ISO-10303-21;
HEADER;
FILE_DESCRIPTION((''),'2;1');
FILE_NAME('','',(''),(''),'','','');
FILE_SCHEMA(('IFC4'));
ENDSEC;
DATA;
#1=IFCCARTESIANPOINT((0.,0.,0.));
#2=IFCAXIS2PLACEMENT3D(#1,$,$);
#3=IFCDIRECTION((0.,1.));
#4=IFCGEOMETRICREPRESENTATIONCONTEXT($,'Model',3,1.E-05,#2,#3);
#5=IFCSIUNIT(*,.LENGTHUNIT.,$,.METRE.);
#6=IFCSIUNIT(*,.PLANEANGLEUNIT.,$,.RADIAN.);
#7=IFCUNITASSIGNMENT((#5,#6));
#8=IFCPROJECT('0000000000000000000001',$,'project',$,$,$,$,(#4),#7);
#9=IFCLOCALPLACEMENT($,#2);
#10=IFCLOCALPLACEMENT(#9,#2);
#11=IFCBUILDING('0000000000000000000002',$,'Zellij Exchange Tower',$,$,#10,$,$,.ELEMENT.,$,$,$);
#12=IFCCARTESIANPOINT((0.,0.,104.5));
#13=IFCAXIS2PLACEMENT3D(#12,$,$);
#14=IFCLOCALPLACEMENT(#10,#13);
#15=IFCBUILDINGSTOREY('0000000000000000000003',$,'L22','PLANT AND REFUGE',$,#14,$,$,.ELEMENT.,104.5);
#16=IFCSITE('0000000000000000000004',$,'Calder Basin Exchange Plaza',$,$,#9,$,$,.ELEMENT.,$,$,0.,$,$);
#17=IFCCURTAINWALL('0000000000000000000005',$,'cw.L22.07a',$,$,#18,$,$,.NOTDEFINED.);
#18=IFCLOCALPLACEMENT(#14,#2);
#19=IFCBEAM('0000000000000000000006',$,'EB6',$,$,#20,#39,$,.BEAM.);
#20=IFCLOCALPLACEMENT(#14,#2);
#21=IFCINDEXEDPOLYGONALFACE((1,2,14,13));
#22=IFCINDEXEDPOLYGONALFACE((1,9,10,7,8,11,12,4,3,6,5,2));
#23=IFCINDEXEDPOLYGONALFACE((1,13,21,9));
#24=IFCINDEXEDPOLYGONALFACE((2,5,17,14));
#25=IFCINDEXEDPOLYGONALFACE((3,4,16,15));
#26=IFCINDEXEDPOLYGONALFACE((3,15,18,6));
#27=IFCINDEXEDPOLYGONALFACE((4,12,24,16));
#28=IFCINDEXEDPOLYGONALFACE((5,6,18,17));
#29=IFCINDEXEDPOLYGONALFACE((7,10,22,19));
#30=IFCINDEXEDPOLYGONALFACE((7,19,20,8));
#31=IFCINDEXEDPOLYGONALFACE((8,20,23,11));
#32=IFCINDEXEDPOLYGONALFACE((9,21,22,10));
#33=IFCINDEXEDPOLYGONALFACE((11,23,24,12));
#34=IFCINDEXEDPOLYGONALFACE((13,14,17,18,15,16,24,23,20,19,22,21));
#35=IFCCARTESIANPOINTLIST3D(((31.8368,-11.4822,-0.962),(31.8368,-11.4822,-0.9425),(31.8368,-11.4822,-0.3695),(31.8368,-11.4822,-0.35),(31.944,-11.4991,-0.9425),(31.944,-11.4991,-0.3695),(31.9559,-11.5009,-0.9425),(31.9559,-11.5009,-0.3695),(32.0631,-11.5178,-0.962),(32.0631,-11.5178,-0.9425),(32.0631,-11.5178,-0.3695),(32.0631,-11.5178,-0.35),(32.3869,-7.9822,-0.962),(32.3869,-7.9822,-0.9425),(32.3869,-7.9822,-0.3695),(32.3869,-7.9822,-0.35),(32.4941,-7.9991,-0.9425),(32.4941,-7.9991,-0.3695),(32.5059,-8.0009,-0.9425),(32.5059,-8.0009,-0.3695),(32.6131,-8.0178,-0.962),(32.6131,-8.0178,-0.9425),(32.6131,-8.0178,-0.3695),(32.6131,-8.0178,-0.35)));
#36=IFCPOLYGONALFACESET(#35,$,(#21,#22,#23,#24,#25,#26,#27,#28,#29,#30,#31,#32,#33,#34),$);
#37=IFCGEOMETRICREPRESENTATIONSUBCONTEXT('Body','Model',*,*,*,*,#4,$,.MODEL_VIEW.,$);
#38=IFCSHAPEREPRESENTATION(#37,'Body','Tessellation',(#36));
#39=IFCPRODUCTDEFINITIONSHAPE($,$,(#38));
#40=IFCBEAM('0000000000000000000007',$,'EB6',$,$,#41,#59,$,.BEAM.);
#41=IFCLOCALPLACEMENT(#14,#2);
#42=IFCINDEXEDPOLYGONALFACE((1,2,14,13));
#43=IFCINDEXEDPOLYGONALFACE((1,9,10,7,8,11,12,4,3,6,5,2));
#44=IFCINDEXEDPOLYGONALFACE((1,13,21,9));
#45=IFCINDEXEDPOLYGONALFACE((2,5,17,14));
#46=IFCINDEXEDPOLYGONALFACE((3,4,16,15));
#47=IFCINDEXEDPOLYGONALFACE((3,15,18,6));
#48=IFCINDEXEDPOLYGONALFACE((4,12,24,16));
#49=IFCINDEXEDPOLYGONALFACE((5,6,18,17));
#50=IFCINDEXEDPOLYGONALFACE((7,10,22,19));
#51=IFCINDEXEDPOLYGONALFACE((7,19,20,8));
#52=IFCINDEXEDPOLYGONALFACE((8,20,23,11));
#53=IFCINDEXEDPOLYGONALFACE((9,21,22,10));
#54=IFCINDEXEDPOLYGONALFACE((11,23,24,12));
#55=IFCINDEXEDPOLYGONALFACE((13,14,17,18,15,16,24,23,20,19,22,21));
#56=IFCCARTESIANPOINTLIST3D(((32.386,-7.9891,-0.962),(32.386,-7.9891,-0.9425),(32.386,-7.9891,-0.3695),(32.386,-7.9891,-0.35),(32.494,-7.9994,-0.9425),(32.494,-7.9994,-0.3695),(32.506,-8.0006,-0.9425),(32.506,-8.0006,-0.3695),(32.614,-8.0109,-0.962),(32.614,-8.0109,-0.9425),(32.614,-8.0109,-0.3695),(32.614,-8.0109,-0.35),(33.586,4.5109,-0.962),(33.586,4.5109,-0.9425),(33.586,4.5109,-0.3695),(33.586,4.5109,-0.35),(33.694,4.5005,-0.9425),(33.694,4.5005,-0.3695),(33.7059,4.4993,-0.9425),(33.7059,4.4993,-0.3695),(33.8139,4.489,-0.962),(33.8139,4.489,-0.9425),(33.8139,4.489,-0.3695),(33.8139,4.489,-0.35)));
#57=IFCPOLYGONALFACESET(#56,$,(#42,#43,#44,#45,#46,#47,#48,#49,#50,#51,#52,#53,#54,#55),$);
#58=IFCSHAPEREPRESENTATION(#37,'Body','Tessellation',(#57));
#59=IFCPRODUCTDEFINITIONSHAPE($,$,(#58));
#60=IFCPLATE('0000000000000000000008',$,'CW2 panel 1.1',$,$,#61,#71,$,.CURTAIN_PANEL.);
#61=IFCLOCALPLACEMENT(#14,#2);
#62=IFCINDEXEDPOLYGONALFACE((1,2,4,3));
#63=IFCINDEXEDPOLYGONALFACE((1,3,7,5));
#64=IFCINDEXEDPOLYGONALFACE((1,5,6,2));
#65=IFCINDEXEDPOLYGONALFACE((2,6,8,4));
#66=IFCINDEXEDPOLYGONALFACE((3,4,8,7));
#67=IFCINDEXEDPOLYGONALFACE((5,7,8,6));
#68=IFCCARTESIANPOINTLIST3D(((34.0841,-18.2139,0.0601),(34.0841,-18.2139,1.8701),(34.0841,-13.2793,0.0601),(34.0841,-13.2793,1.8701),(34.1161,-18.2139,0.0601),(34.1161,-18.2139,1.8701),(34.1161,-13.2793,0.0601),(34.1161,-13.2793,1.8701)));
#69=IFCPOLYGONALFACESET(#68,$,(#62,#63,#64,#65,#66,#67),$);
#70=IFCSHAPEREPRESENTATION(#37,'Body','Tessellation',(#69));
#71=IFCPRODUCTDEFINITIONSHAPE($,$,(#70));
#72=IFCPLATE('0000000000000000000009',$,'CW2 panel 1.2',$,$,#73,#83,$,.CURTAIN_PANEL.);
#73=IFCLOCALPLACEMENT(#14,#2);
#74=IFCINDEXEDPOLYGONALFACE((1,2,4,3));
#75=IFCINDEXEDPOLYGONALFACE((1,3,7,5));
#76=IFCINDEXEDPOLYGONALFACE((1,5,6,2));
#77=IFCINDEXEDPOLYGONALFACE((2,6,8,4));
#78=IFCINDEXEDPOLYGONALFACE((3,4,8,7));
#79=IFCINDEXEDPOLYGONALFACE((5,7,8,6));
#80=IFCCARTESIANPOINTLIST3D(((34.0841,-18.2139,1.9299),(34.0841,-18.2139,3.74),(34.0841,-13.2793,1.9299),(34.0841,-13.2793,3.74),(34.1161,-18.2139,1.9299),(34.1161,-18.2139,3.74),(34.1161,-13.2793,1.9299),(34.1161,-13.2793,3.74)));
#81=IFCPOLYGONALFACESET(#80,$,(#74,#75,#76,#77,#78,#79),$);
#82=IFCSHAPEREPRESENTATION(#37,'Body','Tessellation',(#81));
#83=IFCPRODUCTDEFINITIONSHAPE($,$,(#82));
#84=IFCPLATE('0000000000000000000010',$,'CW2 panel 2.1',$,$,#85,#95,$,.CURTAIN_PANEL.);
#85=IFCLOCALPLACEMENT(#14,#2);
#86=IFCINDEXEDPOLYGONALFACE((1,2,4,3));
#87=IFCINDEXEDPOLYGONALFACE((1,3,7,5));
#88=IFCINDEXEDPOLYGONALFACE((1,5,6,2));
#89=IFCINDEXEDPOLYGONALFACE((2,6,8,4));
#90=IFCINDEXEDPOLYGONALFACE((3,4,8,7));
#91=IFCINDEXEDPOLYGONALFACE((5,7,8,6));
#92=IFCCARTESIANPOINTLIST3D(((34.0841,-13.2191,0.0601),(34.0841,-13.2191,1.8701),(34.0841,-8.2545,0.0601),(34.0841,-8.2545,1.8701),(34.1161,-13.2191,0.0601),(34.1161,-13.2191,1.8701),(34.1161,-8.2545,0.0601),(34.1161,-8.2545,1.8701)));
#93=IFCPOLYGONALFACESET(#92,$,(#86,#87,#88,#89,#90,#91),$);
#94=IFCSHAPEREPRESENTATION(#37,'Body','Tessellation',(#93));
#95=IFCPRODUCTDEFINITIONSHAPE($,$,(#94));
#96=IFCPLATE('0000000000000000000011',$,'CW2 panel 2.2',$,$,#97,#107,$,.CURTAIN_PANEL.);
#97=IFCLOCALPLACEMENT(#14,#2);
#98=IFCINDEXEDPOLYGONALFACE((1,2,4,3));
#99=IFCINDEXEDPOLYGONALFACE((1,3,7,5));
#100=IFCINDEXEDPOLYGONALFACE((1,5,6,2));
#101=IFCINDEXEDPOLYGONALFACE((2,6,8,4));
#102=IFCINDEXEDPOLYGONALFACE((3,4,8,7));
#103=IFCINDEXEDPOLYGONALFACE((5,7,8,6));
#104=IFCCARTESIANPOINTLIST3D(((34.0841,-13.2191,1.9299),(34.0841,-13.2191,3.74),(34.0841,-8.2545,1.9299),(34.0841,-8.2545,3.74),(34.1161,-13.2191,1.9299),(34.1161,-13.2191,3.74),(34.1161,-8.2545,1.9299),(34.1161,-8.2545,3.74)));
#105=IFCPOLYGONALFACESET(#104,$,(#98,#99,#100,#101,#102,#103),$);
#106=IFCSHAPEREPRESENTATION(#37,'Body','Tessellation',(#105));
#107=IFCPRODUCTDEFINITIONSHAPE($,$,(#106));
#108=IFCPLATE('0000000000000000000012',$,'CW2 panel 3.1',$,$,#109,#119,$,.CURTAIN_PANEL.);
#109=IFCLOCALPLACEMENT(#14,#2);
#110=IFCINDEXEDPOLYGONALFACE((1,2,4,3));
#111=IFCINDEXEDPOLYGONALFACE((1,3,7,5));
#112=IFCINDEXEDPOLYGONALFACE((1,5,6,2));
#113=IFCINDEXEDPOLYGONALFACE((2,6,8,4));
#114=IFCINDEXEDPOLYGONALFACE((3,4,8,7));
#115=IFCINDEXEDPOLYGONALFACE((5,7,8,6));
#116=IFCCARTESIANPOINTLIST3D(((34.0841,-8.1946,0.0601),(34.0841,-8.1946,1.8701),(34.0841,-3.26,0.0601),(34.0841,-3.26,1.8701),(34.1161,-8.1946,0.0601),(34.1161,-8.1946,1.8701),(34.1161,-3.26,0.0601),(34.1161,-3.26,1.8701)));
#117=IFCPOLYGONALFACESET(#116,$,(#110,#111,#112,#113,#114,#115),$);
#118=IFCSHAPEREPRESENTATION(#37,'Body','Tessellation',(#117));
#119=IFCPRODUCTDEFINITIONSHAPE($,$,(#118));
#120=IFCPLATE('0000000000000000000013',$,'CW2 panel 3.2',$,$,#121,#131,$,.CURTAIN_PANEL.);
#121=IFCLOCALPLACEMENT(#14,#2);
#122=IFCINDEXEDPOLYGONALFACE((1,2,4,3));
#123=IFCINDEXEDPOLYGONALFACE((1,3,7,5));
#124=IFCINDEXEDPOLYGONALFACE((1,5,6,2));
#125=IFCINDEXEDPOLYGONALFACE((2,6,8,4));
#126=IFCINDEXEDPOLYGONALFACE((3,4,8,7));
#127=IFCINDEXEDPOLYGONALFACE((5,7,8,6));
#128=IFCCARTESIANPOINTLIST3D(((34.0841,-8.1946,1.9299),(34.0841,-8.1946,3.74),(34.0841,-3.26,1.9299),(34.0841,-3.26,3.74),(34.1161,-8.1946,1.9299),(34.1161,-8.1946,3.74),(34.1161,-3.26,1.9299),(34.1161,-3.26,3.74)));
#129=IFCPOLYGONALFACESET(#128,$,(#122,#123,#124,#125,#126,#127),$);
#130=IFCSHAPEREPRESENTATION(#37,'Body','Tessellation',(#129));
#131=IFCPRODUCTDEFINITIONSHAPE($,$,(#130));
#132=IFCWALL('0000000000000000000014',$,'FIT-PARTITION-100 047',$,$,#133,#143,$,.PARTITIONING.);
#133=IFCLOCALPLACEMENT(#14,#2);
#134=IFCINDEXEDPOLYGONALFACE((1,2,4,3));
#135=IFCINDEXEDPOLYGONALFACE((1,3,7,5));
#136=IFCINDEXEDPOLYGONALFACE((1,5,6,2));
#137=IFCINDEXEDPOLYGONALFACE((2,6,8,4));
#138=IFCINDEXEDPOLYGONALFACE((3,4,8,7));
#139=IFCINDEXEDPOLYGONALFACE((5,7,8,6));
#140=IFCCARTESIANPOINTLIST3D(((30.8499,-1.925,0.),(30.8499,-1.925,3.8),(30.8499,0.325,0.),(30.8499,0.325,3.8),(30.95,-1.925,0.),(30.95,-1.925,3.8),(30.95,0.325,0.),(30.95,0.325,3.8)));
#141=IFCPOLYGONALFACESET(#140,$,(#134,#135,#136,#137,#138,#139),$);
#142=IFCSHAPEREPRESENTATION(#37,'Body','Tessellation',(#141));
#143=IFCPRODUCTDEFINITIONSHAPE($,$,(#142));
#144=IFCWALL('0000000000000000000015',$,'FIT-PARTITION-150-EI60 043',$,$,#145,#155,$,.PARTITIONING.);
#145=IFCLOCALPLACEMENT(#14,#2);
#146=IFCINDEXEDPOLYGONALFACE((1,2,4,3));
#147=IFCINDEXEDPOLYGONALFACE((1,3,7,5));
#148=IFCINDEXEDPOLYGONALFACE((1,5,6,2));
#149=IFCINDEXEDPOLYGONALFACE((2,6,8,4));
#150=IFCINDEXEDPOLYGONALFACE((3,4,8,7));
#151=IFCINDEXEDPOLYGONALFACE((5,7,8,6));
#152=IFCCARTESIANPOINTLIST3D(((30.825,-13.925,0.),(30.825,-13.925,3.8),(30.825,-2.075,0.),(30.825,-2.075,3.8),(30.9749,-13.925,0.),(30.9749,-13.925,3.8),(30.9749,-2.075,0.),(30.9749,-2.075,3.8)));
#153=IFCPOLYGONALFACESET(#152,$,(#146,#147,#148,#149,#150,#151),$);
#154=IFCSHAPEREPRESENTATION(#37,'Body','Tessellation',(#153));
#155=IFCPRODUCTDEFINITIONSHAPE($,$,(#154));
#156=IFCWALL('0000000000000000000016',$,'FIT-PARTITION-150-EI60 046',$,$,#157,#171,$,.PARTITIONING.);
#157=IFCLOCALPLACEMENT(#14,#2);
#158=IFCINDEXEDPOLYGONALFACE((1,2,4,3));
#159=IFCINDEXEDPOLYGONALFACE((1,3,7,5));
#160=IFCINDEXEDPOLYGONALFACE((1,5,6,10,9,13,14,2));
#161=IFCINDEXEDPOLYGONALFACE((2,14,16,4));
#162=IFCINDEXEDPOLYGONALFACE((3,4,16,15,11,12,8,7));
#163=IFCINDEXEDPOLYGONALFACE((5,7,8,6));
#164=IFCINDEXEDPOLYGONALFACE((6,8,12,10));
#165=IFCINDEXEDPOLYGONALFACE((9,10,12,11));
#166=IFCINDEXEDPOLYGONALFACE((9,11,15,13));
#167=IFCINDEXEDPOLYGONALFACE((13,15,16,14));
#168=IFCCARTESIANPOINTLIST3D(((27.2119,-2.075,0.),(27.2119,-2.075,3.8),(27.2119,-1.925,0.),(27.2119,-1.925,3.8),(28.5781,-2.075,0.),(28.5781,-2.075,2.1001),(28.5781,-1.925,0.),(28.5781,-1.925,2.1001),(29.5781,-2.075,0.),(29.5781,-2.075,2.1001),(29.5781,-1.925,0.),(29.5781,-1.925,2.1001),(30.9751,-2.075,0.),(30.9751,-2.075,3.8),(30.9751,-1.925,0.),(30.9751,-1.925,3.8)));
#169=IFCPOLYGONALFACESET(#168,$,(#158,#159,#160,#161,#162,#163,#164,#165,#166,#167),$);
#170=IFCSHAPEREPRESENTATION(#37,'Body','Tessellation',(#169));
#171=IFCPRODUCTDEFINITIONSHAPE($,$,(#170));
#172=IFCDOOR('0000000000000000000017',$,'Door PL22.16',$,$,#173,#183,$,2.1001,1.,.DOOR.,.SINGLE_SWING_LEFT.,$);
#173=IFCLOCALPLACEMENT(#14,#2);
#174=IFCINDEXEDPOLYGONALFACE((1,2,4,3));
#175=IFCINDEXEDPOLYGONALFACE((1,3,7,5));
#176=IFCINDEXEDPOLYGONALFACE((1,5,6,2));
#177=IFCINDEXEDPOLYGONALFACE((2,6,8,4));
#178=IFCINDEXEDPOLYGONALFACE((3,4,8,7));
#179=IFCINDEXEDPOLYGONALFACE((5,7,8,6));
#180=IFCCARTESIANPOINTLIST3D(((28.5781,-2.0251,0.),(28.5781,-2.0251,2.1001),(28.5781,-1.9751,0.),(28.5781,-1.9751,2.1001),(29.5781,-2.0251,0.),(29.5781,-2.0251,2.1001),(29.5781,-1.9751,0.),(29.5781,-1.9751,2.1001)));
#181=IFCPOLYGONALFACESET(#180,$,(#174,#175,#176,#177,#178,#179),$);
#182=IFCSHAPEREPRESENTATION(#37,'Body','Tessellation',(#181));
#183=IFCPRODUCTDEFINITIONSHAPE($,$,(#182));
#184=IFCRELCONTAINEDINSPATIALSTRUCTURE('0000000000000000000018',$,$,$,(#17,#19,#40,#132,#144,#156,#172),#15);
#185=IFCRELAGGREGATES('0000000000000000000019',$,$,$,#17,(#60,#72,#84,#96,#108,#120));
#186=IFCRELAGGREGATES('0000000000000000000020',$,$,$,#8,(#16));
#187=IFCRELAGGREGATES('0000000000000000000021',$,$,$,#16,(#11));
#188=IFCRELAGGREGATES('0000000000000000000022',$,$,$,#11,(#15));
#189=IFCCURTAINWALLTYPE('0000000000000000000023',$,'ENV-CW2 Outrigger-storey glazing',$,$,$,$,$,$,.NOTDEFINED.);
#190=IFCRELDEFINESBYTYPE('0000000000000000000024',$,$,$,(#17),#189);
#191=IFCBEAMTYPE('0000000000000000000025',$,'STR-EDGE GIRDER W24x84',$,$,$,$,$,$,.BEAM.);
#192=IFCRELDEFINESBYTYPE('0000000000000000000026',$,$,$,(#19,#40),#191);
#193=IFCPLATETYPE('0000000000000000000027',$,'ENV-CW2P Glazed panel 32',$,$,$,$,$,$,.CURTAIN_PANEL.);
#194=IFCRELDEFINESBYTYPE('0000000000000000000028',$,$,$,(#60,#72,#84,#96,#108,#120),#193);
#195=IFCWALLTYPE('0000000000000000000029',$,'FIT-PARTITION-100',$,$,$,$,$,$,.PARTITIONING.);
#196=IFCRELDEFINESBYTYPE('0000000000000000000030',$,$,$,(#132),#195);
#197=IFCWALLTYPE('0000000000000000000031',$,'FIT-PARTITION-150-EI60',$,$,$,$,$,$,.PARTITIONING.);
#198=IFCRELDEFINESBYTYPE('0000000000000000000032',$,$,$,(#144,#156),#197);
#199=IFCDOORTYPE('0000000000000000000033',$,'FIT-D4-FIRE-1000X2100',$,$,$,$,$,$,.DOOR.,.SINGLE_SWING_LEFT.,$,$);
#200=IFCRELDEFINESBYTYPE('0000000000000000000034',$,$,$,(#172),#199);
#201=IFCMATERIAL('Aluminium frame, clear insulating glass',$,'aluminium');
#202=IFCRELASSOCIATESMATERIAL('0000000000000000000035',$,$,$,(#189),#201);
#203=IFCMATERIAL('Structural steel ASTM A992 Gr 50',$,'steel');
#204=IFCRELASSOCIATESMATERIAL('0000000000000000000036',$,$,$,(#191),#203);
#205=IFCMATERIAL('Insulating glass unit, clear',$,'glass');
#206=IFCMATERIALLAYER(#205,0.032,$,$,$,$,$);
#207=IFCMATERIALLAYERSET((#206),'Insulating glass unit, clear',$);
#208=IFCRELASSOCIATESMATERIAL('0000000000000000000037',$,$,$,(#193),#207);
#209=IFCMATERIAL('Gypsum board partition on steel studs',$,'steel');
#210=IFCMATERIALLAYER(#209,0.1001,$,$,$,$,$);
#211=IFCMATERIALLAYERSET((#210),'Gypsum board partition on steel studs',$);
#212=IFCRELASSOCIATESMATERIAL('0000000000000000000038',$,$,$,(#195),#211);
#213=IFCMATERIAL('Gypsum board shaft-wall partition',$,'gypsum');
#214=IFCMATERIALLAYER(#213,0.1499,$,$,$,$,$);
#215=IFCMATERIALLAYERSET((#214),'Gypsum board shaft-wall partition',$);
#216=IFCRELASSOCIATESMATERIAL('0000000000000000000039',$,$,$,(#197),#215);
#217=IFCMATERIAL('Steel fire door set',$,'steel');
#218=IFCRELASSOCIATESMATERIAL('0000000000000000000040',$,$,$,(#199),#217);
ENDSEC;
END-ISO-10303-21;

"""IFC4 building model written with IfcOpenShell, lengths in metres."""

from ifc_helpers import new_model, si_unit, direction, frame, frame_2d, origin, origin_2d, place, context, subcontext, project, spatial, rectangle, i_section, extrude, material, layer, layer_set, material_profile, profile_set, type_object, element, fill, aggregate, save


model = new_model("IFC4")

# Units and contexts
model_context = context("Model", 3, precision=1e-05, world=origin(), true_north=direction((0.0, 1.0)))
body_context = subcontext(model_context, "Body", "Model", "MODEL_VIEW")
ifc_project = project(units=[si_unit("LENGTHUNIT", "METRE"), si_unit("PLANEANGLEUNIT", "RADIAN")], contexts=[model_context])

# Site, building, storey
site_placement = place(None, origin())
site = spatial("IfcSite", under=ifc_project, at=site_placement, Name="Calder Basin Exchange Plaza", CompositionType="ELEMENT", RefElevation=0.0)
building_placement = place(site_placement, origin())
building = spatial("IfcBuilding", under=site, at=building_placement, Name="Zellij Exchange Tower", CompositionType="ELEMENT")
storey_placement = place(building_placement, frame((0.0, 0.0, 104.5)))
storey = spatial("IfcBuildingStorey", under=building, at=storey_placement, Name="L22", Description="PLANT AND REFUGE", CompositionType="ELEMENT", Elevation=104.5)

# Curtain wall
ifc_material_1 = material(Name="Aluminium frame, clear insulating glass", Category="aluminium")
curtain_wall_type = type_object("IfcCurtainWallType", Name="ENV-CW2 Outrigger-storey glazing", PredefinedType="NOTDEFINED", material=ifc_material_1)
curtain_wall_1_placement = place(storey_placement, origin())
curtain_wall_1 = element("IfcCurtainWall", 1, at=curtain_wall_1_placement, inside=storey, type_object=curtain_wall_type, Name="cw.L22.07a", PredefinedType="NOTDEFINED")

# Beams
ifc_material_2 = material(Name="Structural steel ASTM A992 Gr 50", Category="steel")
ifc_material_profile_1 = material_profile(ifc_material_2, i_section(OverallWidth=0.229, OverallDepth=0.6121, WebThickness=0.012, FlangeThickness=0.0195, at=origin_2d()), Name="W24x84")
ifc_profile_set_1 = profile_set([ifc_material_profile_1], Name="Structural steel ASTM A992 Gr 50")
beam_type = type_object("IfcBeamType", Name="STR-EDGE GIRDER W24x84", PredefinedType="BEAM", material=ifc_profile_set_1)
beam_1_placement = place(storey_placement, frame((31.95, -11.5, -0.656), z_axis=(0.155251, 0.987875, 0.0), x_axis=(-0.987875, 0.155251, 0.0)))
element("IfcBeam", 2, at=beam_1_placement, inside=storey, type_object=beam_type, Name="EB6", PredefinedType="BEAM", context=body_context, shape_type="SweptSolid", body=[
    extrude(i_section(OverallWidth=0.229, OverallDepth=0.6121, WebThickness=0.012, FlangeThickness=0.0195, at=origin_2d()), origin(), (0.0, 0.0, 1.0), 3.543),
])
beam_2_placement = place(storey_placement, frame((32.5, -8.0, -0.656), z_axis=(0.095557, 0.995424, 0.0), x_axis=(-0.995424, 0.095557, 0.0)))
element("IfcBeam", 3, at=beam_2_placement, inside=storey, type_object=beam_type, Name="EB6", PredefinedType="BEAM", context=body_context, shape_type="SweptSolid", body=[
    extrude(i_section(OverallWidth=0.229, OverallDepth=0.6121, WebThickness=0.012, FlangeThickness=0.0195, at=origin_2d()), origin(), (0.0, 0.0, 1.0), 12.5574),
])

# Plates
ifc_material_3 = material(Name="Insulating glass unit, clear", Category="glass")
ifc_layer_1 = layer(ifc_material_3, 0.032)
ifc_layer_set_1 = layer_set([ifc_layer_1], Name="Insulating glass unit, clear")
plate_type = type_object("IfcPlateType", Name="ENV-CW2P Glazed panel 32", PredefinedType="CURTAIN_PANEL", material=ifc_layer_set_1)
plate_1_placement = place(storey_placement, frame((34.1001, -15.7466, 0.0601), z_axis=(0.0, 0.0, 1.0), x_axis=(0.0, 1.0, 0.0)))
plate_1 = element("IfcPlate", 4, at=plate_1_placement, type_object=plate_type, Name="CW2 panel 1.1", PredefinedType="CURTAIN_PANEL", context=body_context, shape_type="SweptSolid", body=[
    extrude(rectangle(XDim=4.9346, YDim=0.032, at=origin_2d()), origin(), (0.0, 0.0, 1.0), 1.8101),
])
plate_2_placement = place(storey_placement, frame((34.1001, -15.7466, 1.9299), z_axis=(0.0, 0.0, 1.0), x_axis=(0.0, 1.0, 0.0)))
plate_2 = element("IfcPlate", 5, at=plate_2_placement, type_object=plate_type, Name="CW2 panel 1.2", PredefinedType="CURTAIN_PANEL", context=body_context, shape_type="SweptSolid", body=[
    extrude(rectangle(XDim=4.9346, YDim=0.032, at=origin_2d()), origin(), (0.0, 0.0, 1.0), 1.8101),
])
plate_3_placement = place(storey_placement, frame((34.1001, -10.7368, 0.0601), z_axis=(0.0, 0.0, 1.0), x_axis=(0.0, 1.0, 0.0)))
plate_3 = element("IfcPlate", 6, at=plate_3_placement, type_object=plate_type, Name="CW2 panel 2.1", PredefinedType="CURTAIN_PANEL", context=body_context, shape_type="SweptSolid", body=[
    extrude(rectangle(XDim=4.9646, YDim=0.032, at=origin_2d()), origin(), (0.0, 0.0, 1.0), 1.8101),
])
plate_4_placement = place(storey_placement, frame((34.1001, -10.7368, 1.9299), z_axis=(0.0, 0.0, 1.0), x_axis=(0.0, 1.0, 0.0)))
plate_4 = element("IfcPlate", 7, at=plate_4_placement, type_object=plate_type, Name="CW2 panel 2.2", PredefinedType="CURTAIN_PANEL", context=body_context, shape_type="SweptSolid", body=[
    extrude(rectangle(XDim=4.9646, YDim=0.032, at=origin_2d()), origin(), (0.0, 0.0, 1.0), 1.8101),
])
plate_5_placement = place(storey_placement, frame((34.1001, -5.7273, 0.0601), z_axis=(0.0, 0.0, 1.0), x_axis=(0.0, 1.0, 0.0)))
plate_5 = element("IfcPlate", 8, at=plate_5_placement, type_object=plate_type, Name="CW2 panel 3.1", PredefinedType="CURTAIN_PANEL", context=body_context, shape_type="SweptSolid", body=[
    extrude(rectangle(XDim=4.9346, YDim=0.032, at=origin_2d()), origin(), (0.0, 0.0, 1.0), 1.8101),
])
plate_6_placement = place(storey_placement, frame((34.1001, -5.7273, 1.9299), z_axis=(0.0, 0.0, 1.0), x_axis=(0.0, 1.0, 0.0)))
plate_6 = element("IfcPlate", 9, at=plate_6_placement, type_object=plate_type, Name="CW2 panel 3.2", PredefinedType="CURTAIN_PANEL", context=body_context, shape_type="SweptSolid", body=[
    extrude(rectangle(XDim=4.9346, YDim=0.032, at=origin_2d()), origin(), (0.0, 0.0, 1.0), 1.8101),
])
aggregate(curtain_wall_1, [plate_1, plate_2, plate_3, plate_4, plate_5, plate_6])

# Walls
ifc_material_4 = material(Name="Gypsum board partition on steel studs", Category="steel")
ifc_layer_2 = layer(ifc_material_4, 0.1001)
ifc_layer_set_2 = layer_set([ifc_layer_2], Name="Gypsum board partition on steel studs")
wall_type_1 = type_object("IfcWallType", Name="FIT-PARTITION-100", PredefinedType="PARTITIONING", material=ifc_layer_set_2)
wall_1_placement = place(storey_placement, frame((30.8999, -1.925, 0.0), z_axis=(0.0, 0.0, 1.0), x_axis=(0.0, 1.0, 0.0)))
element("IfcWall", 10, at=wall_1_placement, inside=storey, type_object=wall_type_1, Name="FIT-PARTITION-100 047", PredefinedType="PARTITIONING", context=body_context, shape_type="SweptSolid", body=[
    extrude(rectangle(XDim=2.25, YDim=0.1001, at=frame_2d((1.125, 0.0))), origin(), (0.0, 0.0, 1.0), 3.8),
])
ifc_material_5 = material(Name="Gypsum board shaft-wall partition", Category="gypsum")
ifc_layer_3 = layer(ifc_material_5, 0.1499)
ifc_layer_set_3 = layer_set([ifc_layer_3], Name="Gypsum board shaft-wall partition")
wall_type_2 = type_object("IfcWallType", Name="FIT-PARTITION-150-EI60", PredefinedType="PARTITIONING", material=ifc_layer_set_3)
wall_2_placement = place(storey_placement, frame((30.8999, -13.925, 0.0), z_axis=(0.0, 0.0, 1.0), x_axis=(0.0, 1.0, 0.0)))
element("IfcWall", 11, at=wall_2_placement, inside=storey, type_object=wall_type_2, Name="FIT-PARTITION-150-EI60 043", PredefinedType="PARTITIONING", context=body_context, shape_type="SweptSolid", body=[
    extrude(rectangle(XDim=11.8501, YDim=0.1499, at=frame_2d((5.925, 0.0))), origin(), (0.0, 0.0, 1.0), 3.8),
])

# Wall, opening, door
wall_3_placement = place(storey_placement, frame((27.2119, -2.0, 0.0), z_axis=(0.0, 0.0, 1.0), x_axis=(1.0, 0.0, 0.0)))
wall_3 = element("IfcWall", 12, at=wall_3_placement, inside=storey, type_object=wall_type_2, Name="FIT-PARTITION-150-EI60 046", PredefinedType="PARTITIONING", context=body_context, shape_type="SweptSolid", body=[
    extrude(rectangle(XDim=3.7632, YDim=0.1499, at=frame_2d((1.8816, 0.0))), origin(), (0.0, 0.0, 1.0), 3.8),
])
opening_placement = place(wall_3_placement, frame((1.3662, 0.0, 0.0)))
opening = element("IfcOpeningElement", 13, at=opening_placement, cuts=wall_3, PredefinedType="OPENING", context=body_context, shape_type="SweptSolid", body=[
    extrude(rectangle(XDim=1.0, YDim=2.1001, at=frame_2d((0.5, 1.05))), frame((0.0, 0.0869, 0.0), z_axis=(0.0, -1.0, 0.0), x_axis=(1.0, 0.0, 0.0)), (0.0, 0.0, 1.0), 0.1738),
])
ifc_material_6 = material(Name="Steel fire door set", Category="steel")
door_type = type_object("IfcDoorType", Name="FIT-D4-FIRE-1000X2100", OperationType="SINGLE_SWING_LEFT", PredefinedType="DOOR", material=ifc_material_6)
door_placement = place(opening_placement, origin())
door = element("IfcDoor", 14, at=door_placement, inside=storey, type_object=door_type, Name="Door PL22.16", OperationType="SINGLE_SWING_LEFT", OverallHeight=2.1001, OverallWidth=1.0, PredefinedType="DOOR", context=body_context, shape_type="SweptSolid", body=[
    extrude(rectangle(XDim=1.0, YDim=2.1001, at=frame_2d((0.5, 1.05))), frame((0.0, 0.0249, 0.0), z_axis=(0.0, -1.0, 0.0), x_axis=(1.0, 0.0, 0.0)), (0.0, 0.0, 1.0), 0.05),
])
fill(opening, door)

save(model, "model.ifc")
